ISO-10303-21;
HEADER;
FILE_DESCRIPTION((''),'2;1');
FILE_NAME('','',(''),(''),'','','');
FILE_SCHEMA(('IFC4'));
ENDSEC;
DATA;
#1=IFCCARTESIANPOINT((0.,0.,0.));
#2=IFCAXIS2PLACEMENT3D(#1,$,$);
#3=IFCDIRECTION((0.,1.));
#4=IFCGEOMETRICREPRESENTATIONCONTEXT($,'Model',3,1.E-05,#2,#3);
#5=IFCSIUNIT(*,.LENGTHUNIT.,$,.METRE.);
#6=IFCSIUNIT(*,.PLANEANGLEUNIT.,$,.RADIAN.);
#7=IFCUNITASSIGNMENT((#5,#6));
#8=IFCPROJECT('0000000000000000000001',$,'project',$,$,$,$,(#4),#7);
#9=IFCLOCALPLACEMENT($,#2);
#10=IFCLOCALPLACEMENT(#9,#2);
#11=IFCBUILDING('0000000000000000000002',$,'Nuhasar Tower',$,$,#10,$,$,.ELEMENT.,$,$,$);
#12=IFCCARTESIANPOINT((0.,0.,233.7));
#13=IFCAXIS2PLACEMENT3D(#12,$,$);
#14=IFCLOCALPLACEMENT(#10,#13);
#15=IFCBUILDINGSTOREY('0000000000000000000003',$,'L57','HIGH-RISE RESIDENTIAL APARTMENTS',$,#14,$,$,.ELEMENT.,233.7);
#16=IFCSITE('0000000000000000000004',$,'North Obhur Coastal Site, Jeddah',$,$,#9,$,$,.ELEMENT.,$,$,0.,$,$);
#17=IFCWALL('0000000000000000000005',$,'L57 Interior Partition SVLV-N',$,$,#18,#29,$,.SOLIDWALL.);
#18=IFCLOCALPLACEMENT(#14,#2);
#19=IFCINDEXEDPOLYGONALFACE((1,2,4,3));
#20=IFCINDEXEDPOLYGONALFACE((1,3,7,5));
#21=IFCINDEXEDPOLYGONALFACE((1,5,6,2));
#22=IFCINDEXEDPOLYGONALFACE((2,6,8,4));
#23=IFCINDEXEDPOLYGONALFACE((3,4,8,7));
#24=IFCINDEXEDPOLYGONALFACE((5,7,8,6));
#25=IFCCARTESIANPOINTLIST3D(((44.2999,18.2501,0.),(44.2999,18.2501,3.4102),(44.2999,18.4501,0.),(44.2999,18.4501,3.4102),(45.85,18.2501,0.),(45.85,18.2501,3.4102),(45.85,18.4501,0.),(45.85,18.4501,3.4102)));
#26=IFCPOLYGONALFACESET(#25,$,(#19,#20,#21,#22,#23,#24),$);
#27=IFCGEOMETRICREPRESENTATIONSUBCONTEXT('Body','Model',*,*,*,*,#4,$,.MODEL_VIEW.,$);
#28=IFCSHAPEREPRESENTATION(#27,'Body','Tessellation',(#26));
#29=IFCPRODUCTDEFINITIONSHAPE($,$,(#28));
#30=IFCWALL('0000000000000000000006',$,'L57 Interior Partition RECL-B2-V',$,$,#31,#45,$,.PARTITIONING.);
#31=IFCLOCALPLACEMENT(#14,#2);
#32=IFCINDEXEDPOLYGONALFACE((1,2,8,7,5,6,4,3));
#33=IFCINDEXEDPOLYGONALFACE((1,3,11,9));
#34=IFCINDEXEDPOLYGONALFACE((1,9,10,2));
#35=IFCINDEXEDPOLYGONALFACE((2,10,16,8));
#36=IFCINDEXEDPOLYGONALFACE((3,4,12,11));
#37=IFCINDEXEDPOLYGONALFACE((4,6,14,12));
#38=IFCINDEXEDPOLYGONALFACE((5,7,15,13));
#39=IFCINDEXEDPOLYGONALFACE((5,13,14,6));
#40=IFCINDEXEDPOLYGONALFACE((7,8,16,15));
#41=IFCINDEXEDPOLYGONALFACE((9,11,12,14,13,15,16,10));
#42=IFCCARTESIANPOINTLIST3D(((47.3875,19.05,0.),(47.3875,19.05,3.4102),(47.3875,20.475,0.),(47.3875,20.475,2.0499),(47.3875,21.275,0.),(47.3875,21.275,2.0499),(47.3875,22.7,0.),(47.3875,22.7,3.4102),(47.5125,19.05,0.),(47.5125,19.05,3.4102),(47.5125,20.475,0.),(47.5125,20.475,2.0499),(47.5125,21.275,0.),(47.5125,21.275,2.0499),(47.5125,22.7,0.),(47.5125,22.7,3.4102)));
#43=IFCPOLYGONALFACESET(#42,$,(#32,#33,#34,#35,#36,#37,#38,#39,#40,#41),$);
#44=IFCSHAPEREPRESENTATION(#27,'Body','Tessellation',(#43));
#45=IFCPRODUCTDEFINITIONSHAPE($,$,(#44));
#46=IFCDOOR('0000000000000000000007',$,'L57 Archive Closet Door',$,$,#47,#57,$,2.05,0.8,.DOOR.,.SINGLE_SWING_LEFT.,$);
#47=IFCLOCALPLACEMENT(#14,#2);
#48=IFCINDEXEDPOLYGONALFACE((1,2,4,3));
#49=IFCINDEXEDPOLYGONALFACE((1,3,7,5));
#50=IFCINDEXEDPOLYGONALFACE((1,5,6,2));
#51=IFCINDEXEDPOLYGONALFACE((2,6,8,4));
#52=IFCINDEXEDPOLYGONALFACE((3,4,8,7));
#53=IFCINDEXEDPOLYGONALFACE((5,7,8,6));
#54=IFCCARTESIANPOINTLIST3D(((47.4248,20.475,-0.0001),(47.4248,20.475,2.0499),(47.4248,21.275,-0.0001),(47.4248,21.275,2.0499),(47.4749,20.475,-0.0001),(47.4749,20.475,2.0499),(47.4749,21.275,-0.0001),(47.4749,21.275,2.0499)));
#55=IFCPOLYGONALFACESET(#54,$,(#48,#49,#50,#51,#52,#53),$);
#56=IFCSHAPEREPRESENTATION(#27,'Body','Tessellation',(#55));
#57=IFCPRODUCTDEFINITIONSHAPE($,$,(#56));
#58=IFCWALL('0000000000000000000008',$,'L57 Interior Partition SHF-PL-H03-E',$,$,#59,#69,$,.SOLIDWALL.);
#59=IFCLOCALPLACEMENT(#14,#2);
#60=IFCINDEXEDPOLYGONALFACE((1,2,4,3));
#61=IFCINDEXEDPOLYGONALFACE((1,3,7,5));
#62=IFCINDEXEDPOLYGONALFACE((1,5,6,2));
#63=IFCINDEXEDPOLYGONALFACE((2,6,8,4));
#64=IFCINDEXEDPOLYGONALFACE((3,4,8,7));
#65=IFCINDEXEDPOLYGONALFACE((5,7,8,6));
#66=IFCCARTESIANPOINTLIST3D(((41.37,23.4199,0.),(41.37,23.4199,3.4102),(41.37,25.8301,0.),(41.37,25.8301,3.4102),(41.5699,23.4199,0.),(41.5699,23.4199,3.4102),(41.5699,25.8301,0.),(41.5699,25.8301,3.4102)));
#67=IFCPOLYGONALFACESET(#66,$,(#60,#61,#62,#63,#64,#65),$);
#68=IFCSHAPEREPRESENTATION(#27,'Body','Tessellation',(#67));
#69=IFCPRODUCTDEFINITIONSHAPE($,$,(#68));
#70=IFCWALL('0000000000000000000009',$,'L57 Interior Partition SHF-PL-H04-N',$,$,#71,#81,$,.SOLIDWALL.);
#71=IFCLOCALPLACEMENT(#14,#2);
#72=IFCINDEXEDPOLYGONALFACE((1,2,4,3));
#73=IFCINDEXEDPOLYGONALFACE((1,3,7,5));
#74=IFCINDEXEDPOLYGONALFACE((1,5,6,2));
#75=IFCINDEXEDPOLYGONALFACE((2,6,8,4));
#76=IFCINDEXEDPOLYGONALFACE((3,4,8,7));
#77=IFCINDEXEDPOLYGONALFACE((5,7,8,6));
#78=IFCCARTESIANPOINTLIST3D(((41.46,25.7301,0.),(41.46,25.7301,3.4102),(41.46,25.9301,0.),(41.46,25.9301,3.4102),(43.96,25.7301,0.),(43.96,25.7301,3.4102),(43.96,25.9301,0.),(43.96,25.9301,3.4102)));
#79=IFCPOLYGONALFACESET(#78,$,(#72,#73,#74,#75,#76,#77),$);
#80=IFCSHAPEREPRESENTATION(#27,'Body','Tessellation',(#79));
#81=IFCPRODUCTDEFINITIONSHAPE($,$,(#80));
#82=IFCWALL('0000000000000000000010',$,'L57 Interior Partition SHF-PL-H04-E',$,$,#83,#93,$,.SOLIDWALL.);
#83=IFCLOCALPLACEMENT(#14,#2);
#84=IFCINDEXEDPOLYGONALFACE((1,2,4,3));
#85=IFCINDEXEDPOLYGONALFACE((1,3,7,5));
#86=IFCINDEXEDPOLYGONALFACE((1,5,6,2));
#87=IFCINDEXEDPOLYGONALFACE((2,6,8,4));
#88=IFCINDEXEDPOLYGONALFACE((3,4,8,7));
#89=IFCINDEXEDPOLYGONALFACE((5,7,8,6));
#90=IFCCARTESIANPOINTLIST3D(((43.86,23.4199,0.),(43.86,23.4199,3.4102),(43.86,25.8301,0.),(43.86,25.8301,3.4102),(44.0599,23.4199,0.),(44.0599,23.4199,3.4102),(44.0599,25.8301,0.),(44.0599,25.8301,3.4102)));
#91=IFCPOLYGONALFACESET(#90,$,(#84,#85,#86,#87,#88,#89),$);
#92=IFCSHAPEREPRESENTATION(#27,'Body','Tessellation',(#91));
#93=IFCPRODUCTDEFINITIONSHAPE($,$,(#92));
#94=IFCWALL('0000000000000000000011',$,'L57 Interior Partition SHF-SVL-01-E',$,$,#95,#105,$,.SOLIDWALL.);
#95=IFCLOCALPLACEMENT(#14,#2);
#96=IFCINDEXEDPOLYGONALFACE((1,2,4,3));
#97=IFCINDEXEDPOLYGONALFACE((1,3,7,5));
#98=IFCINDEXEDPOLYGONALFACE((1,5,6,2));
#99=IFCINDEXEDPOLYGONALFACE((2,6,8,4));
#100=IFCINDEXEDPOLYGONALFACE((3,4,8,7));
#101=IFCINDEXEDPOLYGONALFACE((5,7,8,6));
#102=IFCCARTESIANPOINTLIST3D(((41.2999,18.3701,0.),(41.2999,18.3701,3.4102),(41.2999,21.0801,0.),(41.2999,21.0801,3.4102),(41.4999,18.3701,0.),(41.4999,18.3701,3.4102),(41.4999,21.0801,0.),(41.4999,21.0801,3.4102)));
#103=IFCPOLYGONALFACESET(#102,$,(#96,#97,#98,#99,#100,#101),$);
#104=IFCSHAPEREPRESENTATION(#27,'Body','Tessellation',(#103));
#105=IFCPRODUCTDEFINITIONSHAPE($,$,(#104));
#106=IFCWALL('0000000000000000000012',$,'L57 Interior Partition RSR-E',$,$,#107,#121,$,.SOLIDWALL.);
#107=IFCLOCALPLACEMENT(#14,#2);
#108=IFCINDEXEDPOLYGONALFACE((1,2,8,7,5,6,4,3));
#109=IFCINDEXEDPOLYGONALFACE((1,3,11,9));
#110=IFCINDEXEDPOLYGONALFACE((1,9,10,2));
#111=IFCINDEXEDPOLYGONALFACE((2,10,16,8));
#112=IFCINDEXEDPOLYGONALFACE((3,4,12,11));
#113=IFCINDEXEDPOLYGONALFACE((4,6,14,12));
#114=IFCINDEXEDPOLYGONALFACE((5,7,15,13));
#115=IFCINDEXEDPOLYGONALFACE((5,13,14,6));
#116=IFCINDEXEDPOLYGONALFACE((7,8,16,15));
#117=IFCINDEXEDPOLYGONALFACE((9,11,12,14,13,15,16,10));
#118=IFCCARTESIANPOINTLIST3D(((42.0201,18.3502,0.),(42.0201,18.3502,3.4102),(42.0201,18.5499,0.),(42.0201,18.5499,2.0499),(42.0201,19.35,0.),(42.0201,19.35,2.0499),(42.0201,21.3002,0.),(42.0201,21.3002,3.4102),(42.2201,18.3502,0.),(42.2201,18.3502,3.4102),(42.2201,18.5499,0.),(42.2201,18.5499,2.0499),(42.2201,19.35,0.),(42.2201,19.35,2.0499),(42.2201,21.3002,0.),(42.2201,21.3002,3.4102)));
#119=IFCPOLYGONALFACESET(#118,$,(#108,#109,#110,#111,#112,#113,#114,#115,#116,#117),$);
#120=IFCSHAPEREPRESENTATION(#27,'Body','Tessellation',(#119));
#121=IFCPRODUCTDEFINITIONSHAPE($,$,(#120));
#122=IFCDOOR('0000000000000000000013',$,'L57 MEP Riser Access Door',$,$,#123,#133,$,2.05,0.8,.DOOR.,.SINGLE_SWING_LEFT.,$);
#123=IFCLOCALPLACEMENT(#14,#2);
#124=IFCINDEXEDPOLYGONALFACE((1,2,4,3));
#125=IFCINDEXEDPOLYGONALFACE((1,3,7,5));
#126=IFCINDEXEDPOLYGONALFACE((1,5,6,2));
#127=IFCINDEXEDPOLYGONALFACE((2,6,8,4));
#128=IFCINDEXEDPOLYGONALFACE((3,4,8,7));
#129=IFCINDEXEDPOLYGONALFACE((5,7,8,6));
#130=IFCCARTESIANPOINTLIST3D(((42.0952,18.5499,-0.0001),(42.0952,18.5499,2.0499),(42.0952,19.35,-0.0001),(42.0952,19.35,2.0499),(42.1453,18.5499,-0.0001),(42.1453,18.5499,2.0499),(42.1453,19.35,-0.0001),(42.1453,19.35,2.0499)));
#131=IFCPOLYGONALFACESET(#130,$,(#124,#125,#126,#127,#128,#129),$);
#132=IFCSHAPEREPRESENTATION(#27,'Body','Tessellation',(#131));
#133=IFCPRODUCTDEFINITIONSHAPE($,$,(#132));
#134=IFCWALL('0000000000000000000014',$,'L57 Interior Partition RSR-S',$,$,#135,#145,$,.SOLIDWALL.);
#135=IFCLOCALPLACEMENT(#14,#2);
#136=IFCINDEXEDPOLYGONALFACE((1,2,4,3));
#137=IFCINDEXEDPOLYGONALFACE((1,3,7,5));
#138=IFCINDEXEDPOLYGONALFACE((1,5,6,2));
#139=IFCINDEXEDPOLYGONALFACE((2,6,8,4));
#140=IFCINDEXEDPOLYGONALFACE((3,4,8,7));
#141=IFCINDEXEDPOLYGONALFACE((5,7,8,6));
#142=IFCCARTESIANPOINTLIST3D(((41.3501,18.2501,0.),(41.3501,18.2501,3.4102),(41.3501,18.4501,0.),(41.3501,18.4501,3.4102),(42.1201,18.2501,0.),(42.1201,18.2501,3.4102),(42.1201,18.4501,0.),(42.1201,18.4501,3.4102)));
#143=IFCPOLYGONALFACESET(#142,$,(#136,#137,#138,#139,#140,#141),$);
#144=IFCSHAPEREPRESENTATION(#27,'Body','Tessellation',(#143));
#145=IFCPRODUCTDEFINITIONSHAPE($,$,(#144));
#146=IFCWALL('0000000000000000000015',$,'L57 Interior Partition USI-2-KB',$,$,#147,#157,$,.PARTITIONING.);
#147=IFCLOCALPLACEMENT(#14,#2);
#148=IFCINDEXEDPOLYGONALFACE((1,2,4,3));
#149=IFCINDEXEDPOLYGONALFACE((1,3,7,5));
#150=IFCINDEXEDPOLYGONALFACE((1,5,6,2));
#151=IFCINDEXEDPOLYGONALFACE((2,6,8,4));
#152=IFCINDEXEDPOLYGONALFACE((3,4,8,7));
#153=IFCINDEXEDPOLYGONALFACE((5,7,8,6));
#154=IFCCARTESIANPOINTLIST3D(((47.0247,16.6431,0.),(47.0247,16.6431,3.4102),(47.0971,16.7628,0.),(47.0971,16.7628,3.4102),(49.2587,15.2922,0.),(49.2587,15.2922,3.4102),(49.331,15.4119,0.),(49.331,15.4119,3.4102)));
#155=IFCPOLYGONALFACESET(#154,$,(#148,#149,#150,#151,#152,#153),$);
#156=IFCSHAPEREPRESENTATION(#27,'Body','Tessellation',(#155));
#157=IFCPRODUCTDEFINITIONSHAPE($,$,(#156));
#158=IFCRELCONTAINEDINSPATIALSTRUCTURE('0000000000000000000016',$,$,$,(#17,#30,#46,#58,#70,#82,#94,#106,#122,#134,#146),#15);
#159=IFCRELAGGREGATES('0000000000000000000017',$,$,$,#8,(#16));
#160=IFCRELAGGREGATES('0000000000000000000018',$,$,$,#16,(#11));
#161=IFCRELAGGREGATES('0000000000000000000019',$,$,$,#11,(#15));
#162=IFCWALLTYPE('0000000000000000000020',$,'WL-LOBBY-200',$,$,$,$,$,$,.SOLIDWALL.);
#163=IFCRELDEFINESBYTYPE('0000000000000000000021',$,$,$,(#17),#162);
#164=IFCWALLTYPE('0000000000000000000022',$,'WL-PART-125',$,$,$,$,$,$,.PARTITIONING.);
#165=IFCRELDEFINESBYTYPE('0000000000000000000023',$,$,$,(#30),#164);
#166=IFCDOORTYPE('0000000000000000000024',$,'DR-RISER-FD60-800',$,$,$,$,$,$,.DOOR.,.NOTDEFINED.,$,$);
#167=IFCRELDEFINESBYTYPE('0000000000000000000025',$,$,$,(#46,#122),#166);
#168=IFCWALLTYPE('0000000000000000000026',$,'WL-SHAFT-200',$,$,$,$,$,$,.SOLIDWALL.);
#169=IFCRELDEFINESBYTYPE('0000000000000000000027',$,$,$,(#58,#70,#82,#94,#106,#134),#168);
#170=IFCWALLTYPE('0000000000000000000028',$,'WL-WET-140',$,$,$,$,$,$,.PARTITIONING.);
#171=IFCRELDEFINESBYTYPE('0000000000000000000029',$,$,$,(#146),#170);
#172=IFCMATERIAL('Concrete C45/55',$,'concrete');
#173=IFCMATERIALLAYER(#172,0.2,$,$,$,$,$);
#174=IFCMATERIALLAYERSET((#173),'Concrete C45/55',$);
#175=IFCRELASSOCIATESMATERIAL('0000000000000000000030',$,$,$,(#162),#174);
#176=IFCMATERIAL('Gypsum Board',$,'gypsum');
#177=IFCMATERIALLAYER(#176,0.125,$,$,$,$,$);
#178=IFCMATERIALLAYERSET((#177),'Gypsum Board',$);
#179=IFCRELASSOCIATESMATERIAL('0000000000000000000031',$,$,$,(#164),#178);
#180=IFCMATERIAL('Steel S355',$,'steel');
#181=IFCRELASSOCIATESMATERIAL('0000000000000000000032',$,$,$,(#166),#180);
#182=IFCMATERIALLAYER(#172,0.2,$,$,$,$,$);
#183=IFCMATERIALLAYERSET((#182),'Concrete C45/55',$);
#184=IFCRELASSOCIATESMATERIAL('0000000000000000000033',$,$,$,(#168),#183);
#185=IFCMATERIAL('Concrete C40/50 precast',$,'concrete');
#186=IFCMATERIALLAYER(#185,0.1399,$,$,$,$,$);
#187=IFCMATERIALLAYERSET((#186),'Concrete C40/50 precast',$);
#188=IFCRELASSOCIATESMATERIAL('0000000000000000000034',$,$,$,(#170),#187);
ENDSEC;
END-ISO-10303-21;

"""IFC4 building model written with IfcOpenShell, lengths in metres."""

from ifc_helpers import new_model, si_unit, direction, frame, frame_2d, origin, place, context, subcontext, project, spatial, rectangle, extrude, material, layer, layer_set, type_object, element, fill, save


model = new_model("IFC4")

# Units and contexts
model_context = context("Model", 3, precision=1e-05, world=origin(), true_north=direction((0.0, 1.0)))
body_context = subcontext(model_context, "Body", "Model", "MODEL_VIEW")
ifc_project = project(units=[si_unit("LENGTHUNIT", "METRE"), si_unit("PLANEANGLEUNIT", "RADIAN")], contexts=[model_context])

# Site, building, storey
site_placement = place(None, origin())
site = spatial("IfcSite", under=ifc_project, at=site_placement, Name="North Obhur Coastal Site, Jeddah", CompositionType="ELEMENT", RefElevation=0.0)
building_placement = place(site_placement, origin())
building = spatial("IfcBuilding", under=site, at=building_placement, Name="Nuhasar Tower", CompositionType="ELEMENT")
storey_placement = place(building_placement, frame((0.0, 0.0, 233.7)))
storey = spatial("IfcBuildingStorey", under=building, at=storey_placement, Name="L57", Description="HIGH-RISE RESIDENTIAL APARTMENTS", CompositionType="ELEMENT", Elevation=233.7)

# Shared definitions
ifc_material_1 = material(Name="Steel S355", Category="steel")

# Shared definitions
ifc_material_2 = material(Name="Gypsum Board", Category="gypsum")

# Shared definitions
ifc_material_3 = material(Name="Concrete C45/55", Category="concrete")
ifc_layer_1 = layer(ifc_material_3, 0.2)
ifc_layer_set_1 = layer_set([ifc_layer_1], Name="Concrete C45/55")
wall_type_1 = type_object("IfcWallType", Name="WL-LOBBY-200", PredefinedType="SOLIDWALL", material=ifc_layer_set_1)

# Wall
wall_1_placement = place(storey_placement, frame((44.3, 18.3501, 0.0), z_axis=(0.0, 0.0, 1.0), x_axis=(1.0, 0.0, 0.0)))
element("IfcWall", 1, at=wall_1_placement, inside=storey, type_object=wall_type_1, Name="L57 Interior Partition SVLV-N", PredefinedType="SOLIDWALL", context=body_context, shape_type="SweptSolid", body=[
    extrude(rectangle(XDim=1.55, YDim=0.2, at=frame_2d((0.7749, 0.0))), origin(), (0.0, 0.0, 1.0), 3.4102),
])

# Wall, opening, door
ifc_layer_2 = layer(ifc_material_2, 0.125)
ifc_layer_set_2 = layer_set([ifc_layer_2], Name="Gypsum Board")
wall_type_2 = type_object("IfcWallType", Name="WL-PART-125", PredefinedType="PARTITIONING", material=ifc_layer_set_2)
wall_2_placement = place(storey_placement, frame((47.45, 22.7, 0.0), z_axis=(0.0, 0.0, 1.0), x_axis=(0.0, -1.0, 0.0)))
wall_2 = element("IfcWall", 2, at=wall_2_placement, inside=storey, type_object=wall_type_2, Name="L57 Interior Partition RECL-B2-V", PredefinedType="PARTITIONING", context=body_context, shape_type="SweptSolid", body=[
    extrude(rectangle(XDim=3.6499, YDim=0.125, at=frame_2d((1.825, 0.0))), origin(), (0.0, 0.0, 1.0), 3.4102),
])
opening_1_placement = place(wall_2_placement, frame((1.425, 0.0, 0.0)))
opening_1 = element("IfcOpeningElement", 3, at=opening_1_placement, cuts=wall_2, PredefinedType="OPENING", context=body_context, shape_type="SweptSolid", body=[
    extrude(rectangle(XDim=0.8, YDim=2.05, at=frame_2d((0.3999, 1.0249))), frame((0.0, 0.0725, 0.0), z_axis=(0.0, -1.0, 0.0), x_axis=(1.0, 0.0, 0.0)), (0.0, 0.0, 1.0), 0.145),
])
door_type_1 = type_object("IfcDoorType", Name="DR-RISER-FD60-800", OperationType="NOTDEFINED", PredefinedType="DOOR", material=ifc_material_1)
door_1_placement = place(opening_1_placement, origin())
door_1 = element("IfcDoor", 4, at=door_1_placement, inside=storey, type_object=door_type_1, Name="L57 Archive Closet Door", OperationType="SINGLE_SWING_LEFT", OverallHeight=2.05, OverallWidth=0.8, PredefinedType="DOOR", context=body_context, shape_type="SweptSolid", body=[
    extrude(rectangle(XDim=0.8, YDim=2.05, at=frame_2d((0.3999, 1.0249))), frame((0.0, 0.0249, 0.0), z_axis=(0.0, -1.0, 0.0), x_axis=(1.0, 0.0, 0.0)), (0.0, 0.0, 1.0), 0.05),
])
fill(opening_1, door_1)

# Wall
ifc_layer_3 = layer(ifc_material_3, 0.2)
ifc_layer_set_3 = layer_set([ifc_layer_3], Name="Concrete C45/55")
wall_type_3 = type_object("IfcWallType", Name="WL-SHAFT-200", PredefinedType="SOLIDWALL", material=ifc_layer_set_3)
wall_3_placement = place(storey_placement, frame((41.47, 23.4199, 0.0), z_axis=(0.0, 0.0, 1.0), x_axis=(0.0, 1.0, 0.0)))
element("IfcWall", 5, at=wall_3_placement, inside=storey, type_object=wall_type_3, Name="L57 Interior Partition SHF-PL-H03-E", PredefinedType="SOLIDWALL", context=body_context, shape_type="SweptSolid", body=[
    extrude(rectangle(XDim=2.4102, YDim=0.2, at=frame_2d((1.2051, 0.0))), origin(), (0.0, 0.0, 1.0), 3.4102),
])

# Walls
wall_4_placement = place(storey_placement, frame((41.46, 25.8301, 0.0), z_axis=(0.0, 0.0, 1.0), x_axis=(1.0, 0.0, 0.0)))
element("IfcWall", 6, at=wall_4_placement, inside=storey, type_object=wall_type_3, Name="L57 Interior Partition SHF-PL-H04-N", PredefinedType="SOLIDWALL", context=body_context, shape_type="SweptSolid", body=[
    extrude(rectangle(XDim=2.5, YDim=0.2, at=frame_2d((1.25, 0.0))), origin(), (0.0, 0.0, 1.0), 3.4102),
])
wall_5_placement = place(storey_placement, frame((43.96, 23.4199, 0.0), z_axis=(0.0, 0.0, 1.0), x_axis=(0.0, 1.0, 0.0)))
element("IfcWall", 7, at=wall_5_placement, inside=storey, type_object=wall_type_3, Name="L57 Interior Partition SHF-PL-H04-E", PredefinedType="SOLIDWALL", context=body_context, shape_type="SweptSolid", body=[
    extrude(rectangle(XDim=2.4102, YDim=0.2, at=frame_2d((1.2051, 0.0))), origin(), (0.0, 0.0, 1.0), 3.4102),
])
wall_6_placement = place(storey_placement, frame((41.3999, 18.3701, 0.0), z_axis=(0.0, 0.0, 1.0), x_axis=(0.0, 1.0, 0.0)))
element("IfcWall", 8, at=wall_6_placement, inside=storey, type_object=wall_type_3, Name="L57 Interior Partition SHF-SVL-01-E", PredefinedType="SOLIDWALL", context=body_context, shape_type="SweptSolid", body=[
    extrude(rectangle(XDim=2.71, YDim=0.2, at=frame_2d((1.355, 0.0))), origin(), (0.0, 0.0, 1.0), 3.4102),
])

# Wall, opening, door
wall_7_placement = place(storey_placement, frame((42.1201, 18.3501, 0.0), z_axis=(0.0, 0.0, 1.0), x_axis=(0.0, 1.0, 0.0)))
wall_7 = element("IfcWall", 9, at=wall_7_placement, inside=storey, type_object=wall_type_3, Name="L57 Interior Partition RSR-E", PredefinedType="SOLIDWALL", context=body_context, shape_type="SweptSolid", body=[
    extrude(rectangle(XDim=2.95, YDim=0.2, at=frame_2d((1.4751, 0.0))), origin(), (0.0, 0.0, 1.0), 3.4102),
])
opening_2_placement = place(wall_7_placement, frame((0.2, 0.0, 0.0)))
opening_2 = element("IfcOpeningElement", 10, at=opening_2_placement, cuts=wall_7, PredefinedType="OPENING", context=body_context, shape_type="SweptSolid", body=[
    extrude(rectangle(XDim=0.8, YDim=2.05, at=frame_2d((0.3999, 1.0249))), frame((0.0, 0.1099, 0.0), z_axis=(0.0, -1.0, 0.0), x_axis=(1.0, 0.0, 0.0)), (0.0, 0.0, 1.0), 0.22),
])
door_2_placement = place(opening_2_placement, origin())
door_2 = element("IfcDoor", 11, at=door_2_placement, inside=storey, type_object=door_type_1, Name="L57 MEP Riser Access Door", OperationType="SINGLE_SWING_LEFT", OverallHeight=2.05, OverallWidth=0.8, PredefinedType="DOOR", context=body_context, shape_type="SweptSolid", body=[
    extrude(rectangle(XDim=0.8, YDim=2.05, at=frame_2d((0.3999, 1.0249))), frame((0.0, 0.0249, 0.0), z_axis=(0.0, -1.0, 0.0), x_axis=(1.0, 0.0, 0.0)), (0.0, 0.0, 1.0), 0.05),
])
fill(opening_2, door_2)

# Walls
wall_8_placement = place(storey_placement, frame((41.3501, 18.3501, 0.0), z_axis=(0.0, 0.0, 1.0), x_axis=(1.0, 0.0, 0.0)))
element("IfcWall", 12, at=wall_8_placement, inside=storey, type_object=wall_type_3, Name="L57 Interior Partition RSR-S", PredefinedType="SOLIDWALL", context=body_context, shape_type="SweptSolid", body=[
    extrude(rectangle(XDim=0.77, YDim=0.2, at=frame_2d((0.385, 0.0))), origin(), (0.0, 0.0, 1.0), 3.4102),
])
ifc_material_4 = material(Name="Concrete C40/50 precast", Category="concrete")
ifc_layer_4 = layer(ifc_material_4, 0.1399)
ifc_layer_set_4 = layer_set([ifc_layer_4], Name="Concrete C40/50 precast")
wall_type_4 = type_object("IfcWallType", Name="WL-WET-140", PredefinedType="PARTITIONING", material=ifc_layer_set_4)
wall_9_placement = place(storey_placement, frame((47.061, 16.7029, 0.0), z_axis=(0.0, 0.0, 1.0), x_axis=(0.855714, -0.51745, 0.0)))
element("IfcWall", 13, at=wall_9_placement, inside=storey, type_object=wall_type_4, Name="L57 Interior Partition USI-2-KB", PredefinedType="PARTITIONING", context=body_context, shape_type="SweptSolid", body=[
    extrude(rectangle(XDim=2.6106, YDim=0.1399, at=frame_2d((1.3052, 0.0))), origin(), (0.0, 0.0, 1.0), 3.4102),
])

save(model, "model.ifc")
